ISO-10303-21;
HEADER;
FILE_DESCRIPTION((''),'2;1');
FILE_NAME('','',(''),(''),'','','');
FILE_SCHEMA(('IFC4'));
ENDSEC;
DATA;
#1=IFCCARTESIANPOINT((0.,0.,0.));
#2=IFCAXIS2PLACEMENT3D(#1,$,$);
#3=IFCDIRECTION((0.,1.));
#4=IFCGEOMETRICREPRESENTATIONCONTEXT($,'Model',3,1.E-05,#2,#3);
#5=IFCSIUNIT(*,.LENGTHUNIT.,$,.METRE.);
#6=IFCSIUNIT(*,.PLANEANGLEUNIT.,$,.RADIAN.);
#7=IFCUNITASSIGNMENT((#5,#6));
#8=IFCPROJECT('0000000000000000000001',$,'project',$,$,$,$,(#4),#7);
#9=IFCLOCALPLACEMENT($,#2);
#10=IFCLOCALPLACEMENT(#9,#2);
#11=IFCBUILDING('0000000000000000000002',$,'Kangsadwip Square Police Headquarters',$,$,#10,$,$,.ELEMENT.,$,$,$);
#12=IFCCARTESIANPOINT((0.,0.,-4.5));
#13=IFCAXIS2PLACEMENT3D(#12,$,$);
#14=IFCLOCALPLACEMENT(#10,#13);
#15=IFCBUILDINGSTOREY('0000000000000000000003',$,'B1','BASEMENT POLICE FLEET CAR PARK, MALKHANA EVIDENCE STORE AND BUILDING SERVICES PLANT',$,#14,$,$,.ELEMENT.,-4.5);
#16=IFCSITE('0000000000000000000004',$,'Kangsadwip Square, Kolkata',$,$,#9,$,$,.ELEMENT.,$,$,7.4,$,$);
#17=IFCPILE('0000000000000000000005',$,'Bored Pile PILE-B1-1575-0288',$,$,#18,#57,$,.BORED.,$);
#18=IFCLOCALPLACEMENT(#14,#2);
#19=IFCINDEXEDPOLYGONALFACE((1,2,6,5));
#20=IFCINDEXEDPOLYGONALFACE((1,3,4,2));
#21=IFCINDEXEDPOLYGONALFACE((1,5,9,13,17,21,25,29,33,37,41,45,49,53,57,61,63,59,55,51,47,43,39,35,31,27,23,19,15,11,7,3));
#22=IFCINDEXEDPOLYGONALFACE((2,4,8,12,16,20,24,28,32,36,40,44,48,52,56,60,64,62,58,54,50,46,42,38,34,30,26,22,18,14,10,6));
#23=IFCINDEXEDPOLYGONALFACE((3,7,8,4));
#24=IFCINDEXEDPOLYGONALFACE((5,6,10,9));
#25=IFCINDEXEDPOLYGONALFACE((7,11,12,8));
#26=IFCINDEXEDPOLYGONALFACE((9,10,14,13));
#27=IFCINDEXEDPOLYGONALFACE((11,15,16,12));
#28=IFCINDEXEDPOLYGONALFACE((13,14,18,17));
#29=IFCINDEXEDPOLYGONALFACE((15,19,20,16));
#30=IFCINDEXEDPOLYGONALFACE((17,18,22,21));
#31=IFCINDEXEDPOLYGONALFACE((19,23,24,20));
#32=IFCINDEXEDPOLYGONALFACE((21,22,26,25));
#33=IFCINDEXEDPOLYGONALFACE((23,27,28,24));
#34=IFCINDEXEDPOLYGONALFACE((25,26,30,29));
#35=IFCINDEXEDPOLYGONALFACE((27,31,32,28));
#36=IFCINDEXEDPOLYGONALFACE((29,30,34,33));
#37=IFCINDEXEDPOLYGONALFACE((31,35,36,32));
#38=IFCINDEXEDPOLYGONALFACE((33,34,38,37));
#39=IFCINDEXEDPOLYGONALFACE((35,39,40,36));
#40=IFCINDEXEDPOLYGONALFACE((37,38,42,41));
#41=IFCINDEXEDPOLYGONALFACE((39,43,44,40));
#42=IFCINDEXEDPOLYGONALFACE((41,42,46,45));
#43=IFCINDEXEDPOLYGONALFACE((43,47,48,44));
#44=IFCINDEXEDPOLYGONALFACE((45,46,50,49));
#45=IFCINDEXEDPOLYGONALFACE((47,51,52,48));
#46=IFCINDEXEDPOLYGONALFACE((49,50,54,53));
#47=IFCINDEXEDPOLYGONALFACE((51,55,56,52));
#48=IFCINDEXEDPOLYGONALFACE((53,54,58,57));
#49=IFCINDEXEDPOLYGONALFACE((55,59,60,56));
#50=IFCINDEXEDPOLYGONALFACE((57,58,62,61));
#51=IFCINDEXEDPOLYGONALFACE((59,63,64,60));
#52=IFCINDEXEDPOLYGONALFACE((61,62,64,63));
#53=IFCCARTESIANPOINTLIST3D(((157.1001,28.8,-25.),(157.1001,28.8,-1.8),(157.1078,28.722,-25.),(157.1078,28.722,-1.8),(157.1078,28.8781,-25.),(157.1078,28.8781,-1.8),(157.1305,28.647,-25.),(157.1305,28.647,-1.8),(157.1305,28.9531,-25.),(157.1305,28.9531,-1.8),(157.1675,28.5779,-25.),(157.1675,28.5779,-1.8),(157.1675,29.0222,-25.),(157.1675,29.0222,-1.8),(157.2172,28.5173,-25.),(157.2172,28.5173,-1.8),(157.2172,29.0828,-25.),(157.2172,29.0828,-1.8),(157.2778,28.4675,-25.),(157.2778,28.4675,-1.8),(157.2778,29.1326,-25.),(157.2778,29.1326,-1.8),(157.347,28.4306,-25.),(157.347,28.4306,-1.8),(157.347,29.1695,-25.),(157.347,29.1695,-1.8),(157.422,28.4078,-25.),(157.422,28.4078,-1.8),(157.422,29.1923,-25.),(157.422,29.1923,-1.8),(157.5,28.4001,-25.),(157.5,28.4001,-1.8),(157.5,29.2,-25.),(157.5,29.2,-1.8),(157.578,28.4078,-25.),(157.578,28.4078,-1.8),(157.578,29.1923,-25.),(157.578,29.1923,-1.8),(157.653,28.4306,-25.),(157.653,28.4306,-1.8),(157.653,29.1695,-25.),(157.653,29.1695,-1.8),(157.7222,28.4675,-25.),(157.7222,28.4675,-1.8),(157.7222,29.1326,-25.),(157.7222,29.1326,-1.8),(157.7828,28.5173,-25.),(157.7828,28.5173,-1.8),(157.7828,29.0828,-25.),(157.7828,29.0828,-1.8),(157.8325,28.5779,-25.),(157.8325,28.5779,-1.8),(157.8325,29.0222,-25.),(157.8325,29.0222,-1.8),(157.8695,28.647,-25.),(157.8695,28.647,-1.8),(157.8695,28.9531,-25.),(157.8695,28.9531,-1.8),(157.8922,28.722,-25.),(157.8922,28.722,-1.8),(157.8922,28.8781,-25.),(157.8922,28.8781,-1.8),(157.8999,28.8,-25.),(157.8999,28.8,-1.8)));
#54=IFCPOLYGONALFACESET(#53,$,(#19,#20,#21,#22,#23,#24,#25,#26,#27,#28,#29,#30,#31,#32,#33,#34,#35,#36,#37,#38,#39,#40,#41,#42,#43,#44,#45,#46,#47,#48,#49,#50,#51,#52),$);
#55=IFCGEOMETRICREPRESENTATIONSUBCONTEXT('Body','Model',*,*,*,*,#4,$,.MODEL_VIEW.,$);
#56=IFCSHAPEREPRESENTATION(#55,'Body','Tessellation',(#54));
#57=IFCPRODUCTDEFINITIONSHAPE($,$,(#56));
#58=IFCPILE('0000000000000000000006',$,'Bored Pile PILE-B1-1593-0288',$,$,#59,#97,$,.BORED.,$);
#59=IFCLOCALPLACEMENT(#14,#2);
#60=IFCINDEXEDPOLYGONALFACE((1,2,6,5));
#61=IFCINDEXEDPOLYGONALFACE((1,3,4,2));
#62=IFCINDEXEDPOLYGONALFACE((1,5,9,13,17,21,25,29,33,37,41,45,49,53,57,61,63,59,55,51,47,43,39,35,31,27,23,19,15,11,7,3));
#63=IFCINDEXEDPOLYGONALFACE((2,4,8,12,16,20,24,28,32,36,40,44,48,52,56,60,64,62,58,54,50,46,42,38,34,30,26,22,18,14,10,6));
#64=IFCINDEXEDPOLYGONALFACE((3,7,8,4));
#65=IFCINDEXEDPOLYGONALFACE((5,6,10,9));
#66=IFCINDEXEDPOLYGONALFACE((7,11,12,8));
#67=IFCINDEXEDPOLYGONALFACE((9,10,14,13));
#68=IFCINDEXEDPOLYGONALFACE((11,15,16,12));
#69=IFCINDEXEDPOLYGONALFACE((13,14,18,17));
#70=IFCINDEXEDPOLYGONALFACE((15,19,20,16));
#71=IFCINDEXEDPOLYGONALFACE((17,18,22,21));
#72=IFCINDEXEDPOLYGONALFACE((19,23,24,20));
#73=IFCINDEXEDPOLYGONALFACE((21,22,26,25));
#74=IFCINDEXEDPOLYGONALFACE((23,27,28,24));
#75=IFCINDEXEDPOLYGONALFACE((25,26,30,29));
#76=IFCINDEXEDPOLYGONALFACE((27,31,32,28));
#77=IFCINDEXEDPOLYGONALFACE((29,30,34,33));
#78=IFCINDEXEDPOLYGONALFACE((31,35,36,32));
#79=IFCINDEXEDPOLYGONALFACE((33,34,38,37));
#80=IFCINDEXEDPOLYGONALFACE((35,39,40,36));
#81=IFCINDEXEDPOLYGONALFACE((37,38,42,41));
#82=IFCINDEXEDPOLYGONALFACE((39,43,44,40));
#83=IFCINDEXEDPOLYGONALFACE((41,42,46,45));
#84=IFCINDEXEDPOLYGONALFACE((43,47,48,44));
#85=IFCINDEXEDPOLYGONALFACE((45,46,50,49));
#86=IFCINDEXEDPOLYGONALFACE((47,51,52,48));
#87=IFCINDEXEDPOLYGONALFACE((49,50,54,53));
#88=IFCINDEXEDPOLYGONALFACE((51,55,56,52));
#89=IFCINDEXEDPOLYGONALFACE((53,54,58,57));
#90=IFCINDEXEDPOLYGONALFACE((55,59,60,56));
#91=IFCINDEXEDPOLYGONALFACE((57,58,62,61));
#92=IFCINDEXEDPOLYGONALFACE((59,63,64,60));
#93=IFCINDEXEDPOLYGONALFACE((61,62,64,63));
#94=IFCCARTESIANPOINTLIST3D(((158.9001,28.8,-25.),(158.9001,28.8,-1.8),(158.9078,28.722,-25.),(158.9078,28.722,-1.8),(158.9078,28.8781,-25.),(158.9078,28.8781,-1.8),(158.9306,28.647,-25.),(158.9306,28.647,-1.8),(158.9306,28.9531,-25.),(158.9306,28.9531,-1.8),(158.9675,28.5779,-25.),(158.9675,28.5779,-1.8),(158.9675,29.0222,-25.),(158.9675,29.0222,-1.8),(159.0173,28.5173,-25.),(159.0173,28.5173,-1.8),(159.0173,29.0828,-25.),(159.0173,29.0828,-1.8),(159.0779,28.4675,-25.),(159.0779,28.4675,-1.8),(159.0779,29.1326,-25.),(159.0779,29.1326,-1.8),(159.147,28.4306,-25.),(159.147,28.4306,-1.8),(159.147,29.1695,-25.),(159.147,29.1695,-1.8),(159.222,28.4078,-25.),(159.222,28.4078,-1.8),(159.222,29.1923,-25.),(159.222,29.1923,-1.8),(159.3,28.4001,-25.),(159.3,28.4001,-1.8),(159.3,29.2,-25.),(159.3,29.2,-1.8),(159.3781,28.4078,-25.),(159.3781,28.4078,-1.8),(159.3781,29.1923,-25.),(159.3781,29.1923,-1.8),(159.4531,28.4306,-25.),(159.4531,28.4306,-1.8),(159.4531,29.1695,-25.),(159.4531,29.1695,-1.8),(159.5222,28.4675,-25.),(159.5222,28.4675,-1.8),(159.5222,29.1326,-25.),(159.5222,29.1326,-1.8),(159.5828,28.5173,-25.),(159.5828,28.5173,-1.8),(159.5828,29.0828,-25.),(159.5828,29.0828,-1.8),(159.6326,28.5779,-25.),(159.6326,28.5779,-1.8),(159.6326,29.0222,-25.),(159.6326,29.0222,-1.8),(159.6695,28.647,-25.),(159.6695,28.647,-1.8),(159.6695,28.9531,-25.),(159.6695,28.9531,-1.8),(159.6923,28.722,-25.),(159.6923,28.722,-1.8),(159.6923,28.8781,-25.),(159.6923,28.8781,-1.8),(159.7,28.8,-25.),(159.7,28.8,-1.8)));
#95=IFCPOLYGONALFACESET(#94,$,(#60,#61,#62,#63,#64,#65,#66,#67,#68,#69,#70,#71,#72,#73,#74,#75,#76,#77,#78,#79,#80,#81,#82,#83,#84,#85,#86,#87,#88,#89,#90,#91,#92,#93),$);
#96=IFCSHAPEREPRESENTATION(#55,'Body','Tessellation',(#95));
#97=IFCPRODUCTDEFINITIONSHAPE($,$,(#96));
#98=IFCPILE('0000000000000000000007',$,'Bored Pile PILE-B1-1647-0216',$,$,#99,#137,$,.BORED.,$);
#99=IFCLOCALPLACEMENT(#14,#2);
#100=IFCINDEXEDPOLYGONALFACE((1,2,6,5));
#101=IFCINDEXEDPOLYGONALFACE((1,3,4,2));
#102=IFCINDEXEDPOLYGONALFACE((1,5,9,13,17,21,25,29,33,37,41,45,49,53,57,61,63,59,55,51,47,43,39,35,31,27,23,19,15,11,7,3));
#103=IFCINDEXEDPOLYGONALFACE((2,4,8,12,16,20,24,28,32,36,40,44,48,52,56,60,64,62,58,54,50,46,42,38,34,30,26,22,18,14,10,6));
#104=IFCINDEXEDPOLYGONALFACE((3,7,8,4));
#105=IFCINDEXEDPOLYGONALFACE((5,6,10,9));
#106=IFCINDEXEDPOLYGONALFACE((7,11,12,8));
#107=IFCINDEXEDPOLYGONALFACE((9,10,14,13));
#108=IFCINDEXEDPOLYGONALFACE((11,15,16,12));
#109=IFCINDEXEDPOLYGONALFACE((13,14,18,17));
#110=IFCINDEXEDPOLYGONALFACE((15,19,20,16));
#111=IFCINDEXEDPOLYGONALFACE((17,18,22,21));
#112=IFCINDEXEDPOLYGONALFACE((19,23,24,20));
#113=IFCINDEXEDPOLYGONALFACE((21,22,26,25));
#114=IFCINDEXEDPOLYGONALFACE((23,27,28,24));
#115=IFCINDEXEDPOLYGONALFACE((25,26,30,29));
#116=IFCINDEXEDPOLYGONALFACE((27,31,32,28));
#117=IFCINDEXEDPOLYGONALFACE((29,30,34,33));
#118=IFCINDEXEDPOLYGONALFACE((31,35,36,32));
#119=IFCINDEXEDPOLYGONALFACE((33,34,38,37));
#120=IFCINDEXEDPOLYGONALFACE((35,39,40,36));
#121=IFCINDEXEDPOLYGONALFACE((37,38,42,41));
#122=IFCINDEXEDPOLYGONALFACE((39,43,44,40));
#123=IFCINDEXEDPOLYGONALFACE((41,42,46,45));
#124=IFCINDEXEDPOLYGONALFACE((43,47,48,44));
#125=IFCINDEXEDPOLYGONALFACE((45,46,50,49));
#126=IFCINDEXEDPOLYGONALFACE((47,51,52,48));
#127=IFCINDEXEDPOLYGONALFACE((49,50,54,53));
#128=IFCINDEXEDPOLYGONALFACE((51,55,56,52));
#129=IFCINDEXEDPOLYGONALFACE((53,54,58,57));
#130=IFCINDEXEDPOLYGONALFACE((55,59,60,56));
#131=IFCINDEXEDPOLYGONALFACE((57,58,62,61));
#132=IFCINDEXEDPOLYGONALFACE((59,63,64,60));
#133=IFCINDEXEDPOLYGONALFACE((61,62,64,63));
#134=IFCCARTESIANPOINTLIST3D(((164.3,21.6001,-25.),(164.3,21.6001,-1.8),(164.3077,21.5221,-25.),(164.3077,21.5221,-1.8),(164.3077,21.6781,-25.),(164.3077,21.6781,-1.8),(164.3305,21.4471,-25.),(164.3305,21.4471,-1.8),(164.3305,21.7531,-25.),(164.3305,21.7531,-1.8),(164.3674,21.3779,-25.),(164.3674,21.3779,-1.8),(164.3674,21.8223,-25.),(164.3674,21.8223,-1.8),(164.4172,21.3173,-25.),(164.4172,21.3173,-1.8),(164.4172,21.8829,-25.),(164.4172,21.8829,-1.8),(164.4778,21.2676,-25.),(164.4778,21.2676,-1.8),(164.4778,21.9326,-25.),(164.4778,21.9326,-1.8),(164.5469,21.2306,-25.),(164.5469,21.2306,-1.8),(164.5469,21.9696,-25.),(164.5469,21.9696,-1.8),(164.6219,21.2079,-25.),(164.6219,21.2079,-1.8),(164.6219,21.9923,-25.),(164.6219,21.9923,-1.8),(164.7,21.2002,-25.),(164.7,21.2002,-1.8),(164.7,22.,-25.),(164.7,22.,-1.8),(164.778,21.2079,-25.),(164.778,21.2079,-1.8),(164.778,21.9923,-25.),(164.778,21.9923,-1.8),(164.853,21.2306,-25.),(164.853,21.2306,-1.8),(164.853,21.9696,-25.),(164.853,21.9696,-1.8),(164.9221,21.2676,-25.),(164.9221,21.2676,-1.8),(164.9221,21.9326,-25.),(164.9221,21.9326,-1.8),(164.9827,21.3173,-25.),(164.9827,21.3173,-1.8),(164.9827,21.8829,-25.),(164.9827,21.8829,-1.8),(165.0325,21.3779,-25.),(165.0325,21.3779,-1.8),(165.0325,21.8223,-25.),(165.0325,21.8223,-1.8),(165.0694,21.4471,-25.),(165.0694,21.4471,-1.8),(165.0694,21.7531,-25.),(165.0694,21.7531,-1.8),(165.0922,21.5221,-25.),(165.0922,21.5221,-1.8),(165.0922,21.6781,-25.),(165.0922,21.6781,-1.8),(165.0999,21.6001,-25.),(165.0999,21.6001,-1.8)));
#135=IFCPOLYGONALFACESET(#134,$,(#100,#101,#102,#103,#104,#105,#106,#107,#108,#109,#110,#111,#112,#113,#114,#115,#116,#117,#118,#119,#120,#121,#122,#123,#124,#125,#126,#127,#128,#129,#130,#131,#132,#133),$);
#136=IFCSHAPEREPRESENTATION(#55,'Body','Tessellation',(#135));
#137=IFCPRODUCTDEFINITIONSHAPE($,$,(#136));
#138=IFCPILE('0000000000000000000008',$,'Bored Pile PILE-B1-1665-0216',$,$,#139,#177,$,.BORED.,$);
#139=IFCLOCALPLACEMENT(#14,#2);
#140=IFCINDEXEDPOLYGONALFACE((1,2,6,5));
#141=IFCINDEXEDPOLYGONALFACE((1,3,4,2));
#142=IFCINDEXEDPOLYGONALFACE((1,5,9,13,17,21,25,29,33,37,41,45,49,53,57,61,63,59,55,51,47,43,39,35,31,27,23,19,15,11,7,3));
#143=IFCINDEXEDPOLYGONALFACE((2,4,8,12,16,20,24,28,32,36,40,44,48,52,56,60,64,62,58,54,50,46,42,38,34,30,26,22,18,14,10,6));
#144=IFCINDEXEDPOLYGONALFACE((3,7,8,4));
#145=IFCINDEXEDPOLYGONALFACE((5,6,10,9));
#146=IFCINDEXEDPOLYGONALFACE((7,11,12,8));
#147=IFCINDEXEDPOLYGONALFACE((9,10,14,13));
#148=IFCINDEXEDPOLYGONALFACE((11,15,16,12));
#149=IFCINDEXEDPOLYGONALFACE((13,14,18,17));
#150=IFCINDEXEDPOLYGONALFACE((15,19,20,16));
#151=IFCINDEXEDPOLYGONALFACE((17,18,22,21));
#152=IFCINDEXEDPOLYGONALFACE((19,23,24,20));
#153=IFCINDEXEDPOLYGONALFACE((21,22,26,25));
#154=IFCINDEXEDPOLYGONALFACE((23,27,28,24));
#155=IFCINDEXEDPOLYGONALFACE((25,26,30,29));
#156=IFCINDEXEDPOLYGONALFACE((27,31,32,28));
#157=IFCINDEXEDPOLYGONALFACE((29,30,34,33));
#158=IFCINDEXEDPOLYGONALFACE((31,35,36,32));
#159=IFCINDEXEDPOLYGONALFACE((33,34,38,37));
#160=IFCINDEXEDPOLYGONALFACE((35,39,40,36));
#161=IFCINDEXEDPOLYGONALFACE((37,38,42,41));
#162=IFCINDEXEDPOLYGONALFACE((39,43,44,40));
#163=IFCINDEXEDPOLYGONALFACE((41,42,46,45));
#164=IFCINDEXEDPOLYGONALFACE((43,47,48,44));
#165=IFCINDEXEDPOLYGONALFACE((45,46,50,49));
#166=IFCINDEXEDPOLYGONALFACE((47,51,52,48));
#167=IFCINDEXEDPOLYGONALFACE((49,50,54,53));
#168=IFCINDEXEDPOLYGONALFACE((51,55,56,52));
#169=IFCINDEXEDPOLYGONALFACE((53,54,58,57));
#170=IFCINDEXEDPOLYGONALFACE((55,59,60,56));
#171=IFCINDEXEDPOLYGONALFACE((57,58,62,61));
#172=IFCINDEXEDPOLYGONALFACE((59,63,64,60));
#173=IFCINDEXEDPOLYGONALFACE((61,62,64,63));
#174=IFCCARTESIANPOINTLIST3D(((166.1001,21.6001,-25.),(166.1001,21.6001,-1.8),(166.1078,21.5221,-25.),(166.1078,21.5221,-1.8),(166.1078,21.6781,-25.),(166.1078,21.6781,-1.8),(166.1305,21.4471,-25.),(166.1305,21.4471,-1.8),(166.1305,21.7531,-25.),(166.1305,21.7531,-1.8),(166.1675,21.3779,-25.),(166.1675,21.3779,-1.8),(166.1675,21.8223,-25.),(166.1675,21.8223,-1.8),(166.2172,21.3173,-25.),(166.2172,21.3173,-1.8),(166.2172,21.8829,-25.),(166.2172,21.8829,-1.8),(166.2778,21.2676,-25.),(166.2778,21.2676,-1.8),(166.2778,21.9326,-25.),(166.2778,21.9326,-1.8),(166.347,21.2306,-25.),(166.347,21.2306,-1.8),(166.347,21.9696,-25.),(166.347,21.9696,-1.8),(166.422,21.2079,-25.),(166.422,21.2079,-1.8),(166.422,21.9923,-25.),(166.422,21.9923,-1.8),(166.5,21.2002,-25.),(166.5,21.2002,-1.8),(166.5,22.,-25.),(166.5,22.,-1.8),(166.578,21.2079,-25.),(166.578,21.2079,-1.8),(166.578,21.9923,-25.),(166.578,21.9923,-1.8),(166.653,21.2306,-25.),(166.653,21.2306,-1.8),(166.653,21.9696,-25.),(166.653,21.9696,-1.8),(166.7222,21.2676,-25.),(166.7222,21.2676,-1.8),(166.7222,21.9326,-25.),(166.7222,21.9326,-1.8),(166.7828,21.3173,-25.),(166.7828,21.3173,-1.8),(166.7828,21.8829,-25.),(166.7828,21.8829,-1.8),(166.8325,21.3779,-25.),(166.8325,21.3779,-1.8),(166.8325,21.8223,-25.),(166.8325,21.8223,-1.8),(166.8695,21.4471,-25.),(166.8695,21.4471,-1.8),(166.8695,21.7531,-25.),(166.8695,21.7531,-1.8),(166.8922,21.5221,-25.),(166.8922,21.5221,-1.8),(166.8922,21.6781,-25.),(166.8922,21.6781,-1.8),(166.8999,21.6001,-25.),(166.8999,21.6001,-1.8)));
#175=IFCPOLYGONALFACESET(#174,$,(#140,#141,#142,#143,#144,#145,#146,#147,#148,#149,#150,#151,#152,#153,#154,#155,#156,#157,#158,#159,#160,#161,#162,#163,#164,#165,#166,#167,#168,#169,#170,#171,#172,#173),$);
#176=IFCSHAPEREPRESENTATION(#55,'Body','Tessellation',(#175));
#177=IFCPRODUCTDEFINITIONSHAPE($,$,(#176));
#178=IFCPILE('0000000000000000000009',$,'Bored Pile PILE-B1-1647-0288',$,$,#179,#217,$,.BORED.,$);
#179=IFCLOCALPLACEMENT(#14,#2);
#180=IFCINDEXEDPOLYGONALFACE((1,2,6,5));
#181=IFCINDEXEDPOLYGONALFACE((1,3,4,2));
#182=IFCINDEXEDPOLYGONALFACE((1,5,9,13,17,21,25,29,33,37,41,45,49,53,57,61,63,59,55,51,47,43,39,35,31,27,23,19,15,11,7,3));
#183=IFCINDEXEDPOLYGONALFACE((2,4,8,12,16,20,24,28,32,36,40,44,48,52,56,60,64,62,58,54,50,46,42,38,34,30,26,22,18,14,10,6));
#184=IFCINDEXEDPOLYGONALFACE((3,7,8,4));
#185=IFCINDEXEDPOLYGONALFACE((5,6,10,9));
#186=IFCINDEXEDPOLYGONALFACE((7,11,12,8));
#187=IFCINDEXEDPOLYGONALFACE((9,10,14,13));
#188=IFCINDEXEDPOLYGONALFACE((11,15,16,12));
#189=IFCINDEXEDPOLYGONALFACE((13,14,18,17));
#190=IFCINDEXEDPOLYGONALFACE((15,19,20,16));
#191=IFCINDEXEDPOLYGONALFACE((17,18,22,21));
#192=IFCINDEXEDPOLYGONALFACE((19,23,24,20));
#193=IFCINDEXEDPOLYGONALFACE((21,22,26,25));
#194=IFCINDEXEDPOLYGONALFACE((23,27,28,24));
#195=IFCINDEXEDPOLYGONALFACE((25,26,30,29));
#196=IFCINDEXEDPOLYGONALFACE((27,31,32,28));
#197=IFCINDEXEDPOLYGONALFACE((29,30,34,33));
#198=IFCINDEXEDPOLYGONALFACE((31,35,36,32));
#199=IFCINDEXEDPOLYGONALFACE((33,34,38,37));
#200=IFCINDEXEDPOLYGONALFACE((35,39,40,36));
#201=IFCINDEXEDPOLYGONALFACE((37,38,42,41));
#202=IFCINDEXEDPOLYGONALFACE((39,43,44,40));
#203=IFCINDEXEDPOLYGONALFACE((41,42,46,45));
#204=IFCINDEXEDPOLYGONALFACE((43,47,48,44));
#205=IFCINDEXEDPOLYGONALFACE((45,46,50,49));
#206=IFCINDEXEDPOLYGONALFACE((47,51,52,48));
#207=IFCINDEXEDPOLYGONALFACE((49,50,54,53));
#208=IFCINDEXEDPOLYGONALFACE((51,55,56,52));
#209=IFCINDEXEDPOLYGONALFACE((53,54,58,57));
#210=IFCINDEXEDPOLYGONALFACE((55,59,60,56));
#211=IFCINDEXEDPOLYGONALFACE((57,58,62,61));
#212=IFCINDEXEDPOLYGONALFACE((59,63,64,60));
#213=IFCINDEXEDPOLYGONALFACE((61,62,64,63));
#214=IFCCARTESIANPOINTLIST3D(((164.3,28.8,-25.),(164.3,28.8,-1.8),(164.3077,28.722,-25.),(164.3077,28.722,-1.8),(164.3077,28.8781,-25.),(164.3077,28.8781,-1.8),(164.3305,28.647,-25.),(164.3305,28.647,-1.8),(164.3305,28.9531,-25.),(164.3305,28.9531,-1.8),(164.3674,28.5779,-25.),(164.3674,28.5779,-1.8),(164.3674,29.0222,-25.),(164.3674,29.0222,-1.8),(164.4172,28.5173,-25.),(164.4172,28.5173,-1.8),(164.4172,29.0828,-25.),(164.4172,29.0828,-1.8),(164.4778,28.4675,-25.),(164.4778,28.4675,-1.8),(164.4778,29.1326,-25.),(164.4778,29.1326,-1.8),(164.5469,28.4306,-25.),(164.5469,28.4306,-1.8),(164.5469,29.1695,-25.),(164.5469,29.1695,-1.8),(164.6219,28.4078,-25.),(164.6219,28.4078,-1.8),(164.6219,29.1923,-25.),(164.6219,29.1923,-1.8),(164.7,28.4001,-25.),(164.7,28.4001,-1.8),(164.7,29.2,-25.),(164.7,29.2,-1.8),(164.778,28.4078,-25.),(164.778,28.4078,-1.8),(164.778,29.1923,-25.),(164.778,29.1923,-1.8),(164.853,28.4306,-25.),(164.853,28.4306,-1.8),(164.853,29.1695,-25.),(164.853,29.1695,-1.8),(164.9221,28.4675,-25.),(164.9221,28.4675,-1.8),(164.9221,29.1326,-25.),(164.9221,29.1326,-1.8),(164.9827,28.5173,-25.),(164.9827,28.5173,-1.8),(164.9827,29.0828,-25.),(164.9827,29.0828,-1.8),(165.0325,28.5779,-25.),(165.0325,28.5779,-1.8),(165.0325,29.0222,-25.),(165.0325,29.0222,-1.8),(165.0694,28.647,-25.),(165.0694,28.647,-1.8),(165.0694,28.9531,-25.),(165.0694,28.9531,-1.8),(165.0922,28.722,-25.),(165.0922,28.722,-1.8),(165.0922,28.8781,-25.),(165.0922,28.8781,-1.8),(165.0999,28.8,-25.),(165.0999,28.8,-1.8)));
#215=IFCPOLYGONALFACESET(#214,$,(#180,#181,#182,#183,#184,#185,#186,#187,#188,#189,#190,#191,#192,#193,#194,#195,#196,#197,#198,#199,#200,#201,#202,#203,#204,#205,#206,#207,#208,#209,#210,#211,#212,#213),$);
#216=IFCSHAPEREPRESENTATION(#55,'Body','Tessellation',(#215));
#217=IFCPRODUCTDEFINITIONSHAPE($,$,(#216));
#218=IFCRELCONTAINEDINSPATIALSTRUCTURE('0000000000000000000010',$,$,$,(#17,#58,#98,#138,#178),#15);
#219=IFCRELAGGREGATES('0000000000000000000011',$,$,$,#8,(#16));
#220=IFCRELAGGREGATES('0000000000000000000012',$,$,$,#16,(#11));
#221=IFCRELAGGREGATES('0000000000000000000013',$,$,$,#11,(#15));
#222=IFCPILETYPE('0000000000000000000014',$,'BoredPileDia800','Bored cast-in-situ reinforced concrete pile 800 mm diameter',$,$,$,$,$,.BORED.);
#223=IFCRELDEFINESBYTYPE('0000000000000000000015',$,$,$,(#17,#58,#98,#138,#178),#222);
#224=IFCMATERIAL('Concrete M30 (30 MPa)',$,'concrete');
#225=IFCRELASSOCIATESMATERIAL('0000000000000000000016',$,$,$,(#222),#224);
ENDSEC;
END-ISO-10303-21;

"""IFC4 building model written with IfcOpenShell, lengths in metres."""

from ifc_helpers import new_model, si_unit, direction, frame, origin, origin_2d, place, context, subcontext, project, spatial, circle, extrude, material, material_profile, profile_set, type_object, element, save


model = new_model("IFC4")

# Units and contexts
model_context = context("Model", 3, precision=1e-05, world=origin(), true_north=direction((0.0, 1.0)))
body_context = subcontext(model_context, "Body", "Model", "MODEL_VIEW")
ifc_project = project(units=[si_unit("LENGTHUNIT", "METRE"), si_unit("PLANEANGLEUNIT", "RADIAN")], contexts=[model_context])

# Site, building, storey
site_placement = place(None, origin())
site = spatial("IfcSite", under=ifc_project, at=site_placement, Name="Kangsadwip Square, Kolkata", CompositionType="ELEMENT", RefElevation=7.4)
building_placement = place(site_placement, origin())
building = spatial("IfcBuilding", under=site, at=building_placement, Name="Kangsadwip Square Police Headquarters", CompositionType="ELEMENT")
storey_placement = place(building_placement, frame((0.0, 0.0, -4.5)))
storey = spatial("IfcBuildingStorey", under=building, at=storey_placement, Name="B1", Description="BASEMENT POLICE FLEET CAR PARK, MALKHANA EVIDENCE STORE AND BUILDING SERVICES PLANT", CompositionType="ELEMENT", Elevation=-4.5)

# Piles
ifc_material_1 = material(Name="Concrete M30 (30 MPa)", Category="concrete")
ifc_material_profile_1 = material_profile(ifc_material_1, circle(Radius=0.3999, at=origin_2d()), Name="PILE DIA 800")
ifc_profile_set_1 = profile_set([ifc_material_profile_1], Name="Concrete M30 (30 MPa)")
pile_type_1 = type_object("IfcPileType", Name="BoredPileDia800", Description="Bored cast-in-situ reinforced concrete pile 800 mm diameter", PredefinedType="BORED", material=ifc_profile_set_1)
for number, where, z_axis, x_axis, name in (
    (1, (157.5, 28.8, -1.8), (0.0, 0.0, -1.0), (1.0, 0.0, 0.0), "Bored Pile PILE-B1-1575-0288"),
    (2, (159.3, 28.8, -1.8), (0.0, 0.0, -1.0), (1.0, 0.0, 0.0), "Bored Pile PILE-B1-1593-0288"),
    (3, (164.7, 21.6001, -1.8), (0.0, 0.0, -1.0), (1.0, 0.0, 0.0), "Bored Pile PILE-B1-1647-0216"),
    (4, (166.5, 21.6001, -1.8), (0.0, 0.0, -1.0), (1.0, 0.0, 0.0), "Bored Pile PILE-B1-1665-0216"),
    (5, (164.7, 28.8, -1.8), (0.0, 0.0, -1.0), (1.0, 0.0, 0.0), "Bored Pile PILE-B1-1647-0288"),
):
    element("IfcPile", number, at=place(storey_placement, frame(where, z_axis=z_axis, x_axis=x_axis)), inside=storey, type_object=pile_type_1, Name=name, PredefinedType="BORED", context=body_context, shape_type="SweptSolid", body=[
        extrude(circle(Radius=0.3999, at=origin_2d()), origin(), (0.0, 0.0, 1.0), 23.2),
    ])

save(model, "model.ifc")
